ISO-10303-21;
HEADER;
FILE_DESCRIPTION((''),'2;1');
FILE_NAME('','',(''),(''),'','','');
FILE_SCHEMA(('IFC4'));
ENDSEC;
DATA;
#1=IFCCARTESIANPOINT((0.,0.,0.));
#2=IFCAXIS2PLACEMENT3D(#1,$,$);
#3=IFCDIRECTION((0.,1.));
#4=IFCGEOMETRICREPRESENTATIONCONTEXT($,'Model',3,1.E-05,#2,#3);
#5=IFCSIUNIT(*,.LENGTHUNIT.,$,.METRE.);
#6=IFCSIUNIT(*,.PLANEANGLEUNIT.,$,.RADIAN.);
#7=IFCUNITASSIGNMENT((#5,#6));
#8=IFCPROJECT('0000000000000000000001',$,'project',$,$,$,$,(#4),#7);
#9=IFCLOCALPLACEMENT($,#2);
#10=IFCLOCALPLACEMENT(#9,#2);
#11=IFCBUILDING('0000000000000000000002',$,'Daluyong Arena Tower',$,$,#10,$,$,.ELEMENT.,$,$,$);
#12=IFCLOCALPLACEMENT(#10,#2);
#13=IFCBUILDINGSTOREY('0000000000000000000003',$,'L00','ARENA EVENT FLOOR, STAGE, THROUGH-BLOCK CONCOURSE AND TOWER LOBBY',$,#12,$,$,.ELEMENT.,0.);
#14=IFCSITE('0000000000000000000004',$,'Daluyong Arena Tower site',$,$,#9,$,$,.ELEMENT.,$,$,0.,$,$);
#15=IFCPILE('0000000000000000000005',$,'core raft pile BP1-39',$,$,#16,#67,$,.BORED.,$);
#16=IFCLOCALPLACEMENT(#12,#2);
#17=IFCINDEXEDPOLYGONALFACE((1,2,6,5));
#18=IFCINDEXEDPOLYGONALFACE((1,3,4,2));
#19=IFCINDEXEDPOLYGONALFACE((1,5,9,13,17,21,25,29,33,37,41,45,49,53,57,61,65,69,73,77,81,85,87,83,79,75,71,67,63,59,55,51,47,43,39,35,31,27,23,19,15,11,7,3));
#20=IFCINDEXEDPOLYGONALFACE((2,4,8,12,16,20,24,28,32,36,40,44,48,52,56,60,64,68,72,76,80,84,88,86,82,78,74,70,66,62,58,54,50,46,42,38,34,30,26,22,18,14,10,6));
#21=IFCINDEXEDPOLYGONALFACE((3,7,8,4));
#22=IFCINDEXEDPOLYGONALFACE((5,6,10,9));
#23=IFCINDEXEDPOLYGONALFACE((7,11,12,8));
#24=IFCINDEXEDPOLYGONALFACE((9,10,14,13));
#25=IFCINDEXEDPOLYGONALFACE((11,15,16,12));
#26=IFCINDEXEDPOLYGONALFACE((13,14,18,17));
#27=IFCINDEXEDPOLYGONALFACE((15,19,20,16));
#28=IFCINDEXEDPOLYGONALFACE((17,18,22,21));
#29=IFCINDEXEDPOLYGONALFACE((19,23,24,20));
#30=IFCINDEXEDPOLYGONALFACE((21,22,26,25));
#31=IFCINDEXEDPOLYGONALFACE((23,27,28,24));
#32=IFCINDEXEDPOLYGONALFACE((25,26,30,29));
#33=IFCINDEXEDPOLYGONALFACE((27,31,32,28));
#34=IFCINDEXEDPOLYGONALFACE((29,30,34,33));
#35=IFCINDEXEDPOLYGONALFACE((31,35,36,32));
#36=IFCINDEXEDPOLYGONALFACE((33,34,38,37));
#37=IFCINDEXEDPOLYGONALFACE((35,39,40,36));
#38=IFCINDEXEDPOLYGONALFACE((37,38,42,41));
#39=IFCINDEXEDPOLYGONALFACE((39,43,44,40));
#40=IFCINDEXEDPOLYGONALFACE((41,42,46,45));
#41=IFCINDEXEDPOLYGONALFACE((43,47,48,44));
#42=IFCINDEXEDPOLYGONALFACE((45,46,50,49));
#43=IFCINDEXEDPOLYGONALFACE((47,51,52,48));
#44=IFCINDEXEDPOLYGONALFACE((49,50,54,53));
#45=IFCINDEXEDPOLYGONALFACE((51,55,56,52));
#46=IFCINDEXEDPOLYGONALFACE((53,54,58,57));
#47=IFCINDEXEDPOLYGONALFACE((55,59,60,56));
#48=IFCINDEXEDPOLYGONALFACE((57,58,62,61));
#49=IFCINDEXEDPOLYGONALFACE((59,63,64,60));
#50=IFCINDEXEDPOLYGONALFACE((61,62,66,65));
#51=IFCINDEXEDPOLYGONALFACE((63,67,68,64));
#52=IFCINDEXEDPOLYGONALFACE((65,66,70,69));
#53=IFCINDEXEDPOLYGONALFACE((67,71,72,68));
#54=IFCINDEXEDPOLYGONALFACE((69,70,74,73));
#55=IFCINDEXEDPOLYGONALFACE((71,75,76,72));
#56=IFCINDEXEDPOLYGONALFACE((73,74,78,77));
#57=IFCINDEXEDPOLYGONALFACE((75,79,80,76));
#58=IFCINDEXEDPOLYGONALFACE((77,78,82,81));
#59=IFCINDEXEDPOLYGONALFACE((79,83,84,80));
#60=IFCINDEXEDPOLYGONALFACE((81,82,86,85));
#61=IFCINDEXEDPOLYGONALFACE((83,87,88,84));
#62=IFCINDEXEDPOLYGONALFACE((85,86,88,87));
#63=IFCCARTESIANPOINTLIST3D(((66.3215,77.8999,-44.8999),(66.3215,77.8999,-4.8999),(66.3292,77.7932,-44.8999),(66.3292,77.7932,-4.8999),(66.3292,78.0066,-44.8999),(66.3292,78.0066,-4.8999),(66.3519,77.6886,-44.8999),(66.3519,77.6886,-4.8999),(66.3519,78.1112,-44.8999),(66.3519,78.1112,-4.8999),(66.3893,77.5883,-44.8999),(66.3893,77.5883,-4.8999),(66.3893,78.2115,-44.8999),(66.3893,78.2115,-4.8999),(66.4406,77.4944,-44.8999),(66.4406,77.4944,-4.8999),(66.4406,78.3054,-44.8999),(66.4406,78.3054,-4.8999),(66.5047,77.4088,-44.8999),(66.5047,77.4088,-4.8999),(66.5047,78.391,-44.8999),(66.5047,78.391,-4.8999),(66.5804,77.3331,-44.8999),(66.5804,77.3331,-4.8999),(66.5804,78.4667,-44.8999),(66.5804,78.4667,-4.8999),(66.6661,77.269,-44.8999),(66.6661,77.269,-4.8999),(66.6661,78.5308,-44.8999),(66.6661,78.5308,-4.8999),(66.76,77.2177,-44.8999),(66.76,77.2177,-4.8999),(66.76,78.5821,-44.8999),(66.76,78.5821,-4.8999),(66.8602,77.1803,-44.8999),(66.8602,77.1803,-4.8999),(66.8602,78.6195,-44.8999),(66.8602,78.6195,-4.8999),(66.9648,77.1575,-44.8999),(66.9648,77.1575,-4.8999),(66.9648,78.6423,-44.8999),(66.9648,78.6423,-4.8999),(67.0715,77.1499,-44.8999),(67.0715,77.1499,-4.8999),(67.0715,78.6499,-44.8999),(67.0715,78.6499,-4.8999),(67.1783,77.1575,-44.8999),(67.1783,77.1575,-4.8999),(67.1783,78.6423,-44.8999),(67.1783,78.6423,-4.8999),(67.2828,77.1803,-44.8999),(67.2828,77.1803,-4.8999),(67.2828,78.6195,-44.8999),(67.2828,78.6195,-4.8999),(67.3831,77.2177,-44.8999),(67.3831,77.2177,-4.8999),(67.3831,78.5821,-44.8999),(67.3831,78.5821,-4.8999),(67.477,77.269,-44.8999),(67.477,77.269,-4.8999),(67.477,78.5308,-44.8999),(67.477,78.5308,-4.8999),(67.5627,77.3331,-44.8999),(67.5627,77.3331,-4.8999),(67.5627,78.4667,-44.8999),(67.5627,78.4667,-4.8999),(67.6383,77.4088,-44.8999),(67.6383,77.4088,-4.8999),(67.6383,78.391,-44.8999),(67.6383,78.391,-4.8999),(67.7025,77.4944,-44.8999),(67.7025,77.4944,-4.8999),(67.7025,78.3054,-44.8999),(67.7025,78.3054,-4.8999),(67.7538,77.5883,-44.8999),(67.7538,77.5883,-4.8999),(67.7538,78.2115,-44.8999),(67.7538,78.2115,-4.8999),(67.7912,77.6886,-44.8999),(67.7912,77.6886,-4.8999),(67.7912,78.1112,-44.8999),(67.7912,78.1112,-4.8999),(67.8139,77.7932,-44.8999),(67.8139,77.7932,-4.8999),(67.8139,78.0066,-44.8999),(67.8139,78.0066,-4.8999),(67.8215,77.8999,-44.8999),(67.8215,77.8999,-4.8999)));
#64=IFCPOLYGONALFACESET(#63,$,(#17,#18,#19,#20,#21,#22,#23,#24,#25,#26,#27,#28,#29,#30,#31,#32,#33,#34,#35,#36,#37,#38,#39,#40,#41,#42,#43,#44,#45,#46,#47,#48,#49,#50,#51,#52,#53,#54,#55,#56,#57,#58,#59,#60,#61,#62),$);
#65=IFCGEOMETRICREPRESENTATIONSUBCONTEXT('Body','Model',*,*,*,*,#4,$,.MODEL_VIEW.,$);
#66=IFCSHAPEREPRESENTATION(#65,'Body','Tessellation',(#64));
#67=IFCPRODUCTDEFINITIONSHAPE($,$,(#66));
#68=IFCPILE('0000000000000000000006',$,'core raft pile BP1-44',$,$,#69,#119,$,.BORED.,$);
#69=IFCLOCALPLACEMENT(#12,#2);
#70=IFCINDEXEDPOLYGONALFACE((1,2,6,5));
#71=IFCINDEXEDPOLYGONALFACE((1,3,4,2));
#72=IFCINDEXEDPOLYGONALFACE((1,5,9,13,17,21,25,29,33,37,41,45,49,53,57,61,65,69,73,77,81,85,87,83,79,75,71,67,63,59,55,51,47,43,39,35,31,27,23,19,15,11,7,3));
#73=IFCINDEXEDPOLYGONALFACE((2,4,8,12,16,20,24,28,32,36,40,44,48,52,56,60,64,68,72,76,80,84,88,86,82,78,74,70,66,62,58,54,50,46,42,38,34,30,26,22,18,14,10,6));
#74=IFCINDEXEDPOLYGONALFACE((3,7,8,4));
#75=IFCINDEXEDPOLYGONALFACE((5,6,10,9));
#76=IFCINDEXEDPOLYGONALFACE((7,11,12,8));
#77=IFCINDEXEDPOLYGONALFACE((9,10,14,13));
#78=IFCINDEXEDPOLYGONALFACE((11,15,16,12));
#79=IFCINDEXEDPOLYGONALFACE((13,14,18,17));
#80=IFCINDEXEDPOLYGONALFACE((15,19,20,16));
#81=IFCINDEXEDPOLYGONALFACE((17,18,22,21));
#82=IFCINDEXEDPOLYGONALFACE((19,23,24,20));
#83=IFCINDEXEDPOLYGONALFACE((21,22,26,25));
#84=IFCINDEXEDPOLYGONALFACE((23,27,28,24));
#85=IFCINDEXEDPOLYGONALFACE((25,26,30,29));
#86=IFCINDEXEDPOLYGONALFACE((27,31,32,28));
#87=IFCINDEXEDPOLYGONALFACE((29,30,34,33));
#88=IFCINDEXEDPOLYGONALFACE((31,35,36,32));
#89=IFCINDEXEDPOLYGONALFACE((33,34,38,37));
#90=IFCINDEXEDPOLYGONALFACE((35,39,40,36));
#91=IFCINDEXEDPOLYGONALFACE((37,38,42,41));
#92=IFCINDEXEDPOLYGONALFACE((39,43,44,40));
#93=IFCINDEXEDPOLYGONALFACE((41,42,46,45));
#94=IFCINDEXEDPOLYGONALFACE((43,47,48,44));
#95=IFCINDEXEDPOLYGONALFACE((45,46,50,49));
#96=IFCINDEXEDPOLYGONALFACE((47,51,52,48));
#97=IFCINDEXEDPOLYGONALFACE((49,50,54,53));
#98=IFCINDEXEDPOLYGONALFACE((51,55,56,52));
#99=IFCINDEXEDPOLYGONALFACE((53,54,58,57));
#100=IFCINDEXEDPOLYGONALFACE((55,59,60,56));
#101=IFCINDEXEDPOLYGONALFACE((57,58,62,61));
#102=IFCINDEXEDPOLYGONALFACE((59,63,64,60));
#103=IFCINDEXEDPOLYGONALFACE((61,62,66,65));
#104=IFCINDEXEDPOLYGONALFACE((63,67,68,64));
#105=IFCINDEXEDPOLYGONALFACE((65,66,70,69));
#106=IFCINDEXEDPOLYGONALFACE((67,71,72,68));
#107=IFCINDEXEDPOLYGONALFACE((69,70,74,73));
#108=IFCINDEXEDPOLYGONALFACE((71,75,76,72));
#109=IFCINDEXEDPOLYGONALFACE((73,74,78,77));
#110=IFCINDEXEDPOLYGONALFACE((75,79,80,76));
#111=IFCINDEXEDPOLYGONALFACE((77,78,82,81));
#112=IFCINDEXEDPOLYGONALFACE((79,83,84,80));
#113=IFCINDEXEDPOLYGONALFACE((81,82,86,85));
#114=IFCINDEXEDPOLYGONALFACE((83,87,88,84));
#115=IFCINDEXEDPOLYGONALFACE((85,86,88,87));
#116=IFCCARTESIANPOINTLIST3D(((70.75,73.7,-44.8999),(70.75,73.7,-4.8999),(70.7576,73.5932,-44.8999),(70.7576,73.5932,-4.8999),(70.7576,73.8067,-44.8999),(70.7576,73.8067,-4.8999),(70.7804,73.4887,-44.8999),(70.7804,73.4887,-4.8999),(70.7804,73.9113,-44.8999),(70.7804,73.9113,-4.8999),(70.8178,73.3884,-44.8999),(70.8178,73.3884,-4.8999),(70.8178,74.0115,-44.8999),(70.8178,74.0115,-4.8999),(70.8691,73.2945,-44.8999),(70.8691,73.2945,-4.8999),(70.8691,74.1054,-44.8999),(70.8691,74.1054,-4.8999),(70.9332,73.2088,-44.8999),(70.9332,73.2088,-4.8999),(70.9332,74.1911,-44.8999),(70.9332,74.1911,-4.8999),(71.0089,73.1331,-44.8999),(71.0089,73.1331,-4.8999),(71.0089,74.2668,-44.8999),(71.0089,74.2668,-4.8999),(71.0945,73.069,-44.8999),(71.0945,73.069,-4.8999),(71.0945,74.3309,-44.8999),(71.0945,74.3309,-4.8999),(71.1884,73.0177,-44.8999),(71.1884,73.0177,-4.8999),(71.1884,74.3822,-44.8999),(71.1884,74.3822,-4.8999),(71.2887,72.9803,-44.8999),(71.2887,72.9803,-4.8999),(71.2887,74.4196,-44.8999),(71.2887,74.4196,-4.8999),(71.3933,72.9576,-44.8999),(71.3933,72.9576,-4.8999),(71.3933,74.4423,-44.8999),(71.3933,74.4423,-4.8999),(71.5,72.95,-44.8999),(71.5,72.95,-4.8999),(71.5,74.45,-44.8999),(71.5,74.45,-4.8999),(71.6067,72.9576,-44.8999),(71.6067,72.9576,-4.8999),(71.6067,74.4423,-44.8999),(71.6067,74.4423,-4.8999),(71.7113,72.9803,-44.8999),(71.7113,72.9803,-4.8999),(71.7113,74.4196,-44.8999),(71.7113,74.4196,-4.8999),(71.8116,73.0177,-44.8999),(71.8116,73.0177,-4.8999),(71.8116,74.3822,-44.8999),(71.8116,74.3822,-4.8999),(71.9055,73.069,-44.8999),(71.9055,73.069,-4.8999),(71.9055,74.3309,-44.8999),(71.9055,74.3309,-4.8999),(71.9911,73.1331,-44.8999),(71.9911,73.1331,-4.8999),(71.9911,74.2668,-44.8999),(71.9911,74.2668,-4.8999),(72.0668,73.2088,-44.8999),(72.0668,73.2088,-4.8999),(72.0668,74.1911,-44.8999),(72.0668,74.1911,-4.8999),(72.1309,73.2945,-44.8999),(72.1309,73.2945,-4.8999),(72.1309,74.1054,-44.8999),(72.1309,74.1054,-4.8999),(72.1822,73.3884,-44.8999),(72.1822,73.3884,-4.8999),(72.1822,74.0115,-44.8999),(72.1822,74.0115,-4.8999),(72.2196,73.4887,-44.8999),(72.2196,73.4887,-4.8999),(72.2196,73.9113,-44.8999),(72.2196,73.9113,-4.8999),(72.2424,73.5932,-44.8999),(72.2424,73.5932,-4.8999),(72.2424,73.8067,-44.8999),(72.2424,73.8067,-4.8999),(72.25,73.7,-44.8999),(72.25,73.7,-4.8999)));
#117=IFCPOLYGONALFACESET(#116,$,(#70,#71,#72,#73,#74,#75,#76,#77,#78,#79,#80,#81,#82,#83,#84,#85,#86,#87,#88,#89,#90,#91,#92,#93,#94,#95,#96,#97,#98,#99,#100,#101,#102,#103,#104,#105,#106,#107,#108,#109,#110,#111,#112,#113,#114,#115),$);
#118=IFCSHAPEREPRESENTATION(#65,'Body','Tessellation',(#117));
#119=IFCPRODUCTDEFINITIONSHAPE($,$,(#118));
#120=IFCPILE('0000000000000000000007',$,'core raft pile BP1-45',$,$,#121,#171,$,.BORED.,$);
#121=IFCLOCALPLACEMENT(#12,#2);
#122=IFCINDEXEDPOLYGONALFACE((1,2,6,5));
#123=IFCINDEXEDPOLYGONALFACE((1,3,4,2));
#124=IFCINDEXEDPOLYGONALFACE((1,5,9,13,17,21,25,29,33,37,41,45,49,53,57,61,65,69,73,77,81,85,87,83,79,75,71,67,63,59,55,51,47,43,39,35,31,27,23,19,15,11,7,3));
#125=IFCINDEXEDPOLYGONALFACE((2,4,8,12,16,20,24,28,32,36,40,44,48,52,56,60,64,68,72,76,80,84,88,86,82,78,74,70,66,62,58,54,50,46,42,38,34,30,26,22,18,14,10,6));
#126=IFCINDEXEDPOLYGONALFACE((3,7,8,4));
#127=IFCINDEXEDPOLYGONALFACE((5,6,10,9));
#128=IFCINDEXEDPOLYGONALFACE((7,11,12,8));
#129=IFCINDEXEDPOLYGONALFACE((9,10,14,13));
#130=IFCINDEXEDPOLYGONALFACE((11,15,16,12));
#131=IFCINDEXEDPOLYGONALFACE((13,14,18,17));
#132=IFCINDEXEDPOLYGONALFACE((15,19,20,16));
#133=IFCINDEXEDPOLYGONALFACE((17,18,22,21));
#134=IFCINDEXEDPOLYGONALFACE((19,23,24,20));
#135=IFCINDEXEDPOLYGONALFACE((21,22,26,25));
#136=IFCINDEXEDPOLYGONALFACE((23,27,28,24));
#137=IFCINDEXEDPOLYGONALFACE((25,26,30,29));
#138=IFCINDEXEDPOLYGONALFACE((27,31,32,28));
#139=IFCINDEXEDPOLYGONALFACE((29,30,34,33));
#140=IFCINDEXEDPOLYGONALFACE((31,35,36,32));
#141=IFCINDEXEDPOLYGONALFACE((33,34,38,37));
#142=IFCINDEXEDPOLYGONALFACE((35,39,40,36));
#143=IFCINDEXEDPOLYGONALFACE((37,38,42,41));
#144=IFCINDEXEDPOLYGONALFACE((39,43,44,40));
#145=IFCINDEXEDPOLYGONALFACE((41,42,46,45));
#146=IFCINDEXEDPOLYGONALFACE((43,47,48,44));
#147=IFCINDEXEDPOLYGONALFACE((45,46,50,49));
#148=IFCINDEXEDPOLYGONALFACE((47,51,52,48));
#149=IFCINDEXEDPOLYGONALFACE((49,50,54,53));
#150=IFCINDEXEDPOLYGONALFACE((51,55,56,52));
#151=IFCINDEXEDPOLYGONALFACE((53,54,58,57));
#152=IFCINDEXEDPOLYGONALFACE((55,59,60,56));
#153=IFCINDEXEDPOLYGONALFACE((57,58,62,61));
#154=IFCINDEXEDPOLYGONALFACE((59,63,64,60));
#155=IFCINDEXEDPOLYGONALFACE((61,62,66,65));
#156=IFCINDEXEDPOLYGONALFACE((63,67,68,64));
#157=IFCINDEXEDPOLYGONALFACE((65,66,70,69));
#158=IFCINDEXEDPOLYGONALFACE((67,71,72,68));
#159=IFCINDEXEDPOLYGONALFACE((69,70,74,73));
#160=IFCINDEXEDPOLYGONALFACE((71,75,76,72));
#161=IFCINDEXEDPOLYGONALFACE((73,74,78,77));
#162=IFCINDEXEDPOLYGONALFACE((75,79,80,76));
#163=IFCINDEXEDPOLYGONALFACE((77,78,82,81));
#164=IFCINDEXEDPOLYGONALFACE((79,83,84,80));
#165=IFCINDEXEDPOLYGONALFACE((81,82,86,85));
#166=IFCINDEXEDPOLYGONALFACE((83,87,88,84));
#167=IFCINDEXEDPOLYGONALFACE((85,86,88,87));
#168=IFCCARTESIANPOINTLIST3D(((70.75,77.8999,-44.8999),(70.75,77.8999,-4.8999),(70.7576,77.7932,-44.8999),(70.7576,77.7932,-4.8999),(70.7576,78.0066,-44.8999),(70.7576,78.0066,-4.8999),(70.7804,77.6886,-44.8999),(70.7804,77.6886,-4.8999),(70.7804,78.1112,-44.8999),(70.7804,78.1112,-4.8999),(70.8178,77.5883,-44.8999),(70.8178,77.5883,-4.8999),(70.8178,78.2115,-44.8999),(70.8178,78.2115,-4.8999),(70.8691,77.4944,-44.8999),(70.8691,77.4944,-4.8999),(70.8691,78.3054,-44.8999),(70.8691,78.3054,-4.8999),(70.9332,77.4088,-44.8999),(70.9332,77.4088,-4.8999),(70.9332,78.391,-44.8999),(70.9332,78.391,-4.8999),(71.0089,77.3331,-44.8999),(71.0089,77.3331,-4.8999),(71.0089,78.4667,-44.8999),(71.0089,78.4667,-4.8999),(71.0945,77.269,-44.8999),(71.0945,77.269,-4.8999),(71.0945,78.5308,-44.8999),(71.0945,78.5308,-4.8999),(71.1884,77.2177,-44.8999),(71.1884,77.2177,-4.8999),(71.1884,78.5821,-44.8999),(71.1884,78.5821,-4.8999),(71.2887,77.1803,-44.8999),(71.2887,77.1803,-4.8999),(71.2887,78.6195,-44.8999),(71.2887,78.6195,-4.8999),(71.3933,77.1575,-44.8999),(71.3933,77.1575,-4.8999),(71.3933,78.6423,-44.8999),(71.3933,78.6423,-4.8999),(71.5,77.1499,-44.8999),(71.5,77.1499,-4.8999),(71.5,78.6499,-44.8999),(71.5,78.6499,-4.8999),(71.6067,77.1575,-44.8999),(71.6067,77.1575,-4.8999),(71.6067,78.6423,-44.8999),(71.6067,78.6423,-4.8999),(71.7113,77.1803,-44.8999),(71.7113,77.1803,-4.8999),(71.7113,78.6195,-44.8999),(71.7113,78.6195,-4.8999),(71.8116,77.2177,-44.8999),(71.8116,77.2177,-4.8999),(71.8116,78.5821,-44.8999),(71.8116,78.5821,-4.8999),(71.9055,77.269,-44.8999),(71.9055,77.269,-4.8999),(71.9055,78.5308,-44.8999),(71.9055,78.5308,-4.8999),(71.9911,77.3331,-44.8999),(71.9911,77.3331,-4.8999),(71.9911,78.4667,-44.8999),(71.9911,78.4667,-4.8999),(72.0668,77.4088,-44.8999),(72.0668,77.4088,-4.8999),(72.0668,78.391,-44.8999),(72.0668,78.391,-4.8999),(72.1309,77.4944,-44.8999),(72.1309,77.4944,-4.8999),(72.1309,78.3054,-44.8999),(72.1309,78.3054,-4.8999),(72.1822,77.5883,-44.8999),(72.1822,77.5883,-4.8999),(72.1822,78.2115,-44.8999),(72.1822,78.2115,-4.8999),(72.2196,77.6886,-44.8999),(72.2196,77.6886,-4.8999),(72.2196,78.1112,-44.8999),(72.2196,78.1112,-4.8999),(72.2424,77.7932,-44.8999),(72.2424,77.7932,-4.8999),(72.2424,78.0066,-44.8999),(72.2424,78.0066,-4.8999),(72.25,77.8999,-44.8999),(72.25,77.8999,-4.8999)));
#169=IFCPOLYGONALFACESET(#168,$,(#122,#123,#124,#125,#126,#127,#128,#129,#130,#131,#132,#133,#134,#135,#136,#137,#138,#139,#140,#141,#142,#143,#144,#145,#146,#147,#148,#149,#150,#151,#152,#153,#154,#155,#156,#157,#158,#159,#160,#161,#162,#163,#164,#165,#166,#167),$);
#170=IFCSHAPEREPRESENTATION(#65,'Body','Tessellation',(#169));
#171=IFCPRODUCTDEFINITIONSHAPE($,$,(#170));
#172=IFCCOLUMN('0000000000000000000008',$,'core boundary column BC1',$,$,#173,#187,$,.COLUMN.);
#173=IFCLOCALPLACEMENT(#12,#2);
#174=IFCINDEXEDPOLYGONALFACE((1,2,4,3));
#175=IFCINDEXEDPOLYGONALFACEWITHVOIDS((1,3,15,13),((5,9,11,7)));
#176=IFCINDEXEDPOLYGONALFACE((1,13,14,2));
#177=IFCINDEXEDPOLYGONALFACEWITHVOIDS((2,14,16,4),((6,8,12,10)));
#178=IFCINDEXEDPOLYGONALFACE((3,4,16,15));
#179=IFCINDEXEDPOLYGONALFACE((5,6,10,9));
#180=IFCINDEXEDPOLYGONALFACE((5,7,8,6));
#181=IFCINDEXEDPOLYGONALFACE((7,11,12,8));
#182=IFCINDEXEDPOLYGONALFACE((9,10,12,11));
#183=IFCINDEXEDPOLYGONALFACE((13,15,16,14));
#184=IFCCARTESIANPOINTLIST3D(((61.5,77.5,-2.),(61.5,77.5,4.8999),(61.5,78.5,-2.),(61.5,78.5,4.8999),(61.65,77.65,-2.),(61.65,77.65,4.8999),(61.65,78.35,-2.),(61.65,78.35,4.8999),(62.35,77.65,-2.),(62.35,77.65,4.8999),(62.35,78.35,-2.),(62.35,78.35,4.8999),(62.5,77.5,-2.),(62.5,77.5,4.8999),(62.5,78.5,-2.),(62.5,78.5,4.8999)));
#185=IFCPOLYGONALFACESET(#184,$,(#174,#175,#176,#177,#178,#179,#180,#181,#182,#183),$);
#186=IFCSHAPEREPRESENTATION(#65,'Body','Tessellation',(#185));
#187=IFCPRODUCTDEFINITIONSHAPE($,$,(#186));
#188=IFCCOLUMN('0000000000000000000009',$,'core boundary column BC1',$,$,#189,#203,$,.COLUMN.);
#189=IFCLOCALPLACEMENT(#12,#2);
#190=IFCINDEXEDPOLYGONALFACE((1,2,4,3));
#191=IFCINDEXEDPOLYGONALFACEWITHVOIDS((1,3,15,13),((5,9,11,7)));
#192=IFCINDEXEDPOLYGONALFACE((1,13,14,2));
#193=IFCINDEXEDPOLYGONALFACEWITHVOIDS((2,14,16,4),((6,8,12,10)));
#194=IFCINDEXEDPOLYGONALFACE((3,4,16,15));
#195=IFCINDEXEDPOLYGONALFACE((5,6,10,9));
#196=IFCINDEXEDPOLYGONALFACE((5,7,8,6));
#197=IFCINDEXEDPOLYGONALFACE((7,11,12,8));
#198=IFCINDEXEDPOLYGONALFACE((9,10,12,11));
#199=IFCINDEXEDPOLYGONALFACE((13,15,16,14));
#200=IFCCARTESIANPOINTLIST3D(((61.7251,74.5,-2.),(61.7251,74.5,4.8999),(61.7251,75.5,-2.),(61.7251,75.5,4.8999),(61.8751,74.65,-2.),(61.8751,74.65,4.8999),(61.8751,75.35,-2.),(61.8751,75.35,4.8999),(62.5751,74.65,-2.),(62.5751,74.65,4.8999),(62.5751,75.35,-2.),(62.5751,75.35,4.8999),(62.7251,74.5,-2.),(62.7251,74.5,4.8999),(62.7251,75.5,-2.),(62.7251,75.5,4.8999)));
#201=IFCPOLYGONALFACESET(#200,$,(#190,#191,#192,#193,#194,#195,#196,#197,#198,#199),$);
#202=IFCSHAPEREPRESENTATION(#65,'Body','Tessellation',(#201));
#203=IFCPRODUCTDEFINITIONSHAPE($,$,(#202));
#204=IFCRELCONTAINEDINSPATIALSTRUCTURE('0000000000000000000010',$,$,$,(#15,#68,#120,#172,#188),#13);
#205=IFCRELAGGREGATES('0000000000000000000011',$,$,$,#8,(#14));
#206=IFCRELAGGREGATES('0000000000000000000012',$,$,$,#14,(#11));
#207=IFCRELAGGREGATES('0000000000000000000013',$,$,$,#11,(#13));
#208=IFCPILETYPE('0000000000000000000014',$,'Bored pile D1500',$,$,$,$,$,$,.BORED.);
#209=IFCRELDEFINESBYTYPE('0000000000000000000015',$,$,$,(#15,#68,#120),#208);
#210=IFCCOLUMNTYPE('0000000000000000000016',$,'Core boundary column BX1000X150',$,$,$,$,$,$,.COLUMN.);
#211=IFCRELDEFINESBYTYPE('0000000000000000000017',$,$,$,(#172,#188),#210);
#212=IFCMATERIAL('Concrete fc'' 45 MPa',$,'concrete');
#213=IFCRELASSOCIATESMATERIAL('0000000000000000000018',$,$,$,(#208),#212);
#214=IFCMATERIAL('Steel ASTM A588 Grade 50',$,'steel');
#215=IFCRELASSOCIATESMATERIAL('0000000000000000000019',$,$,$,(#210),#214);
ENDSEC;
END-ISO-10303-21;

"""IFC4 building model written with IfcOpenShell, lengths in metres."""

from ifc_helpers import new_model, si_unit, direction, frame, origin, origin_2d, place, context, subcontext, project, spatial, hollow_rectangle, circle, extrude, material, material_profile, profile_set, type_object, element, save


model = new_model("IFC4")

# Units and contexts
model_context = context("Model", 3, precision=1e-05, world=origin(), true_north=direction((0.0, 1.0)))
body_context = subcontext(model_context, "Body", "Model", "MODEL_VIEW")
ifc_project = project(units=[si_unit("LENGTHUNIT", "METRE"), si_unit("PLANEANGLEUNIT", "RADIAN")], contexts=[model_context])

# Site, building, storey
site_placement = place(None, origin())
site = spatial("IfcSite", under=ifc_project, at=site_placement, Name="Daluyong Arena Tower site", CompositionType="ELEMENT", RefElevation=0.0)
building_placement = place(site_placement, origin())
building = spatial("IfcBuilding", under=site, at=building_placement, Name="Daluyong Arena Tower", CompositionType="ELEMENT")
storey_placement = place(building_placement, origin())
storey = spatial("IfcBuildingStorey", under=building, at=storey_placement, Name="L00", Description="ARENA EVENT FLOOR, STAGE, THROUGH-BLOCK CONCOURSE AND TOWER LOBBY", CompositionType="ELEMENT", Elevation=0.0)

# Piles
ifc_material_1 = material(Name="Concrete fc' 45 MPa", Category="concrete")
pile_type = type_object("IfcPileType", Name="Bored pile D1500", PredefinedType="BORED", material=ifc_material_1)
for number, where, z_axis, x_axis, name in (
    (1, (67.0715, 77.8999, -4.8999), (0.0, 0.0, -1.0), (1.0, 0.0, 0.0), "core raft pile BP1-39"),
    (2, (71.5, 73.7, -4.8999), (0.0, 0.0, -1.0), (1.0, 0.0, 0.0), "core raft pile BP1-44"),
    (3, (71.5, 77.8999, -4.8999), (0.0, 0.0, -1.0), (1.0, 0.0, 0.0), "core raft pile BP1-45"),
):
    element("IfcPile", number, at=place(storey_placement, frame(where, z_axis=z_axis, x_axis=x_axis)), inside=storey, type_object=pile_type, Name=name, PredefinedType="BORED", context=body_context, shape_type="SweptSolid", body=[
        extrude(circle(Radius=0.75, at=origin_2d()), origin(), (0.0, 0.0, 1.0), 40.0),
    ])

# Columns
ifc_material_2 = material(Name="Steel ASTM A588 Grade 50", Category="steel")
ifc_material_profile_1 = material_profile(ifc_material_2, hollow_rectangle(XDim=1.0, YDim=1.0, WallThickness=0.15, at=origin_2d()))
ifc_profile_set_1 = profile_set([ifc_material_profile_1], Name="Steel ASTM A588 Grade 50")
column_type_1 = type_object("IfcColumnType", Name="Core boundary column BX1000X150", PredefinedType="COLUMN", material=ifc_profile_set_1)
for number, where, z_axis, x_axis, name in (
    (4, (62.0, 78.0, -2.0), (0.0, 0.0, 1.0), (1.0, 0.0, 0.0), "core boundary column BC1"),
    (5, (62.2251, 75.0, -2.0), (0.0, 0.0, 1.0), (1.0, 0.0, 0.0), "core boundary column BC1"),
):
    element("IfcColumn", number, at=place(storey_placement, frame(where, z_axis=z_axis, x_axis=x_axis)), inside=storey, type_object=column_type_1, Name=name, PredefinedType="COLUMN", context=body_context, shape_type="SweptSolid", body=[
        extrude(hollow_rectangle(XDim=1.0, YDim=1.0, WallThickness=0.15, at=origin_2d()), origin(), (0.0, 0.0, 1.0), 6.8999),
    ])

save(model, "model.ifc")
